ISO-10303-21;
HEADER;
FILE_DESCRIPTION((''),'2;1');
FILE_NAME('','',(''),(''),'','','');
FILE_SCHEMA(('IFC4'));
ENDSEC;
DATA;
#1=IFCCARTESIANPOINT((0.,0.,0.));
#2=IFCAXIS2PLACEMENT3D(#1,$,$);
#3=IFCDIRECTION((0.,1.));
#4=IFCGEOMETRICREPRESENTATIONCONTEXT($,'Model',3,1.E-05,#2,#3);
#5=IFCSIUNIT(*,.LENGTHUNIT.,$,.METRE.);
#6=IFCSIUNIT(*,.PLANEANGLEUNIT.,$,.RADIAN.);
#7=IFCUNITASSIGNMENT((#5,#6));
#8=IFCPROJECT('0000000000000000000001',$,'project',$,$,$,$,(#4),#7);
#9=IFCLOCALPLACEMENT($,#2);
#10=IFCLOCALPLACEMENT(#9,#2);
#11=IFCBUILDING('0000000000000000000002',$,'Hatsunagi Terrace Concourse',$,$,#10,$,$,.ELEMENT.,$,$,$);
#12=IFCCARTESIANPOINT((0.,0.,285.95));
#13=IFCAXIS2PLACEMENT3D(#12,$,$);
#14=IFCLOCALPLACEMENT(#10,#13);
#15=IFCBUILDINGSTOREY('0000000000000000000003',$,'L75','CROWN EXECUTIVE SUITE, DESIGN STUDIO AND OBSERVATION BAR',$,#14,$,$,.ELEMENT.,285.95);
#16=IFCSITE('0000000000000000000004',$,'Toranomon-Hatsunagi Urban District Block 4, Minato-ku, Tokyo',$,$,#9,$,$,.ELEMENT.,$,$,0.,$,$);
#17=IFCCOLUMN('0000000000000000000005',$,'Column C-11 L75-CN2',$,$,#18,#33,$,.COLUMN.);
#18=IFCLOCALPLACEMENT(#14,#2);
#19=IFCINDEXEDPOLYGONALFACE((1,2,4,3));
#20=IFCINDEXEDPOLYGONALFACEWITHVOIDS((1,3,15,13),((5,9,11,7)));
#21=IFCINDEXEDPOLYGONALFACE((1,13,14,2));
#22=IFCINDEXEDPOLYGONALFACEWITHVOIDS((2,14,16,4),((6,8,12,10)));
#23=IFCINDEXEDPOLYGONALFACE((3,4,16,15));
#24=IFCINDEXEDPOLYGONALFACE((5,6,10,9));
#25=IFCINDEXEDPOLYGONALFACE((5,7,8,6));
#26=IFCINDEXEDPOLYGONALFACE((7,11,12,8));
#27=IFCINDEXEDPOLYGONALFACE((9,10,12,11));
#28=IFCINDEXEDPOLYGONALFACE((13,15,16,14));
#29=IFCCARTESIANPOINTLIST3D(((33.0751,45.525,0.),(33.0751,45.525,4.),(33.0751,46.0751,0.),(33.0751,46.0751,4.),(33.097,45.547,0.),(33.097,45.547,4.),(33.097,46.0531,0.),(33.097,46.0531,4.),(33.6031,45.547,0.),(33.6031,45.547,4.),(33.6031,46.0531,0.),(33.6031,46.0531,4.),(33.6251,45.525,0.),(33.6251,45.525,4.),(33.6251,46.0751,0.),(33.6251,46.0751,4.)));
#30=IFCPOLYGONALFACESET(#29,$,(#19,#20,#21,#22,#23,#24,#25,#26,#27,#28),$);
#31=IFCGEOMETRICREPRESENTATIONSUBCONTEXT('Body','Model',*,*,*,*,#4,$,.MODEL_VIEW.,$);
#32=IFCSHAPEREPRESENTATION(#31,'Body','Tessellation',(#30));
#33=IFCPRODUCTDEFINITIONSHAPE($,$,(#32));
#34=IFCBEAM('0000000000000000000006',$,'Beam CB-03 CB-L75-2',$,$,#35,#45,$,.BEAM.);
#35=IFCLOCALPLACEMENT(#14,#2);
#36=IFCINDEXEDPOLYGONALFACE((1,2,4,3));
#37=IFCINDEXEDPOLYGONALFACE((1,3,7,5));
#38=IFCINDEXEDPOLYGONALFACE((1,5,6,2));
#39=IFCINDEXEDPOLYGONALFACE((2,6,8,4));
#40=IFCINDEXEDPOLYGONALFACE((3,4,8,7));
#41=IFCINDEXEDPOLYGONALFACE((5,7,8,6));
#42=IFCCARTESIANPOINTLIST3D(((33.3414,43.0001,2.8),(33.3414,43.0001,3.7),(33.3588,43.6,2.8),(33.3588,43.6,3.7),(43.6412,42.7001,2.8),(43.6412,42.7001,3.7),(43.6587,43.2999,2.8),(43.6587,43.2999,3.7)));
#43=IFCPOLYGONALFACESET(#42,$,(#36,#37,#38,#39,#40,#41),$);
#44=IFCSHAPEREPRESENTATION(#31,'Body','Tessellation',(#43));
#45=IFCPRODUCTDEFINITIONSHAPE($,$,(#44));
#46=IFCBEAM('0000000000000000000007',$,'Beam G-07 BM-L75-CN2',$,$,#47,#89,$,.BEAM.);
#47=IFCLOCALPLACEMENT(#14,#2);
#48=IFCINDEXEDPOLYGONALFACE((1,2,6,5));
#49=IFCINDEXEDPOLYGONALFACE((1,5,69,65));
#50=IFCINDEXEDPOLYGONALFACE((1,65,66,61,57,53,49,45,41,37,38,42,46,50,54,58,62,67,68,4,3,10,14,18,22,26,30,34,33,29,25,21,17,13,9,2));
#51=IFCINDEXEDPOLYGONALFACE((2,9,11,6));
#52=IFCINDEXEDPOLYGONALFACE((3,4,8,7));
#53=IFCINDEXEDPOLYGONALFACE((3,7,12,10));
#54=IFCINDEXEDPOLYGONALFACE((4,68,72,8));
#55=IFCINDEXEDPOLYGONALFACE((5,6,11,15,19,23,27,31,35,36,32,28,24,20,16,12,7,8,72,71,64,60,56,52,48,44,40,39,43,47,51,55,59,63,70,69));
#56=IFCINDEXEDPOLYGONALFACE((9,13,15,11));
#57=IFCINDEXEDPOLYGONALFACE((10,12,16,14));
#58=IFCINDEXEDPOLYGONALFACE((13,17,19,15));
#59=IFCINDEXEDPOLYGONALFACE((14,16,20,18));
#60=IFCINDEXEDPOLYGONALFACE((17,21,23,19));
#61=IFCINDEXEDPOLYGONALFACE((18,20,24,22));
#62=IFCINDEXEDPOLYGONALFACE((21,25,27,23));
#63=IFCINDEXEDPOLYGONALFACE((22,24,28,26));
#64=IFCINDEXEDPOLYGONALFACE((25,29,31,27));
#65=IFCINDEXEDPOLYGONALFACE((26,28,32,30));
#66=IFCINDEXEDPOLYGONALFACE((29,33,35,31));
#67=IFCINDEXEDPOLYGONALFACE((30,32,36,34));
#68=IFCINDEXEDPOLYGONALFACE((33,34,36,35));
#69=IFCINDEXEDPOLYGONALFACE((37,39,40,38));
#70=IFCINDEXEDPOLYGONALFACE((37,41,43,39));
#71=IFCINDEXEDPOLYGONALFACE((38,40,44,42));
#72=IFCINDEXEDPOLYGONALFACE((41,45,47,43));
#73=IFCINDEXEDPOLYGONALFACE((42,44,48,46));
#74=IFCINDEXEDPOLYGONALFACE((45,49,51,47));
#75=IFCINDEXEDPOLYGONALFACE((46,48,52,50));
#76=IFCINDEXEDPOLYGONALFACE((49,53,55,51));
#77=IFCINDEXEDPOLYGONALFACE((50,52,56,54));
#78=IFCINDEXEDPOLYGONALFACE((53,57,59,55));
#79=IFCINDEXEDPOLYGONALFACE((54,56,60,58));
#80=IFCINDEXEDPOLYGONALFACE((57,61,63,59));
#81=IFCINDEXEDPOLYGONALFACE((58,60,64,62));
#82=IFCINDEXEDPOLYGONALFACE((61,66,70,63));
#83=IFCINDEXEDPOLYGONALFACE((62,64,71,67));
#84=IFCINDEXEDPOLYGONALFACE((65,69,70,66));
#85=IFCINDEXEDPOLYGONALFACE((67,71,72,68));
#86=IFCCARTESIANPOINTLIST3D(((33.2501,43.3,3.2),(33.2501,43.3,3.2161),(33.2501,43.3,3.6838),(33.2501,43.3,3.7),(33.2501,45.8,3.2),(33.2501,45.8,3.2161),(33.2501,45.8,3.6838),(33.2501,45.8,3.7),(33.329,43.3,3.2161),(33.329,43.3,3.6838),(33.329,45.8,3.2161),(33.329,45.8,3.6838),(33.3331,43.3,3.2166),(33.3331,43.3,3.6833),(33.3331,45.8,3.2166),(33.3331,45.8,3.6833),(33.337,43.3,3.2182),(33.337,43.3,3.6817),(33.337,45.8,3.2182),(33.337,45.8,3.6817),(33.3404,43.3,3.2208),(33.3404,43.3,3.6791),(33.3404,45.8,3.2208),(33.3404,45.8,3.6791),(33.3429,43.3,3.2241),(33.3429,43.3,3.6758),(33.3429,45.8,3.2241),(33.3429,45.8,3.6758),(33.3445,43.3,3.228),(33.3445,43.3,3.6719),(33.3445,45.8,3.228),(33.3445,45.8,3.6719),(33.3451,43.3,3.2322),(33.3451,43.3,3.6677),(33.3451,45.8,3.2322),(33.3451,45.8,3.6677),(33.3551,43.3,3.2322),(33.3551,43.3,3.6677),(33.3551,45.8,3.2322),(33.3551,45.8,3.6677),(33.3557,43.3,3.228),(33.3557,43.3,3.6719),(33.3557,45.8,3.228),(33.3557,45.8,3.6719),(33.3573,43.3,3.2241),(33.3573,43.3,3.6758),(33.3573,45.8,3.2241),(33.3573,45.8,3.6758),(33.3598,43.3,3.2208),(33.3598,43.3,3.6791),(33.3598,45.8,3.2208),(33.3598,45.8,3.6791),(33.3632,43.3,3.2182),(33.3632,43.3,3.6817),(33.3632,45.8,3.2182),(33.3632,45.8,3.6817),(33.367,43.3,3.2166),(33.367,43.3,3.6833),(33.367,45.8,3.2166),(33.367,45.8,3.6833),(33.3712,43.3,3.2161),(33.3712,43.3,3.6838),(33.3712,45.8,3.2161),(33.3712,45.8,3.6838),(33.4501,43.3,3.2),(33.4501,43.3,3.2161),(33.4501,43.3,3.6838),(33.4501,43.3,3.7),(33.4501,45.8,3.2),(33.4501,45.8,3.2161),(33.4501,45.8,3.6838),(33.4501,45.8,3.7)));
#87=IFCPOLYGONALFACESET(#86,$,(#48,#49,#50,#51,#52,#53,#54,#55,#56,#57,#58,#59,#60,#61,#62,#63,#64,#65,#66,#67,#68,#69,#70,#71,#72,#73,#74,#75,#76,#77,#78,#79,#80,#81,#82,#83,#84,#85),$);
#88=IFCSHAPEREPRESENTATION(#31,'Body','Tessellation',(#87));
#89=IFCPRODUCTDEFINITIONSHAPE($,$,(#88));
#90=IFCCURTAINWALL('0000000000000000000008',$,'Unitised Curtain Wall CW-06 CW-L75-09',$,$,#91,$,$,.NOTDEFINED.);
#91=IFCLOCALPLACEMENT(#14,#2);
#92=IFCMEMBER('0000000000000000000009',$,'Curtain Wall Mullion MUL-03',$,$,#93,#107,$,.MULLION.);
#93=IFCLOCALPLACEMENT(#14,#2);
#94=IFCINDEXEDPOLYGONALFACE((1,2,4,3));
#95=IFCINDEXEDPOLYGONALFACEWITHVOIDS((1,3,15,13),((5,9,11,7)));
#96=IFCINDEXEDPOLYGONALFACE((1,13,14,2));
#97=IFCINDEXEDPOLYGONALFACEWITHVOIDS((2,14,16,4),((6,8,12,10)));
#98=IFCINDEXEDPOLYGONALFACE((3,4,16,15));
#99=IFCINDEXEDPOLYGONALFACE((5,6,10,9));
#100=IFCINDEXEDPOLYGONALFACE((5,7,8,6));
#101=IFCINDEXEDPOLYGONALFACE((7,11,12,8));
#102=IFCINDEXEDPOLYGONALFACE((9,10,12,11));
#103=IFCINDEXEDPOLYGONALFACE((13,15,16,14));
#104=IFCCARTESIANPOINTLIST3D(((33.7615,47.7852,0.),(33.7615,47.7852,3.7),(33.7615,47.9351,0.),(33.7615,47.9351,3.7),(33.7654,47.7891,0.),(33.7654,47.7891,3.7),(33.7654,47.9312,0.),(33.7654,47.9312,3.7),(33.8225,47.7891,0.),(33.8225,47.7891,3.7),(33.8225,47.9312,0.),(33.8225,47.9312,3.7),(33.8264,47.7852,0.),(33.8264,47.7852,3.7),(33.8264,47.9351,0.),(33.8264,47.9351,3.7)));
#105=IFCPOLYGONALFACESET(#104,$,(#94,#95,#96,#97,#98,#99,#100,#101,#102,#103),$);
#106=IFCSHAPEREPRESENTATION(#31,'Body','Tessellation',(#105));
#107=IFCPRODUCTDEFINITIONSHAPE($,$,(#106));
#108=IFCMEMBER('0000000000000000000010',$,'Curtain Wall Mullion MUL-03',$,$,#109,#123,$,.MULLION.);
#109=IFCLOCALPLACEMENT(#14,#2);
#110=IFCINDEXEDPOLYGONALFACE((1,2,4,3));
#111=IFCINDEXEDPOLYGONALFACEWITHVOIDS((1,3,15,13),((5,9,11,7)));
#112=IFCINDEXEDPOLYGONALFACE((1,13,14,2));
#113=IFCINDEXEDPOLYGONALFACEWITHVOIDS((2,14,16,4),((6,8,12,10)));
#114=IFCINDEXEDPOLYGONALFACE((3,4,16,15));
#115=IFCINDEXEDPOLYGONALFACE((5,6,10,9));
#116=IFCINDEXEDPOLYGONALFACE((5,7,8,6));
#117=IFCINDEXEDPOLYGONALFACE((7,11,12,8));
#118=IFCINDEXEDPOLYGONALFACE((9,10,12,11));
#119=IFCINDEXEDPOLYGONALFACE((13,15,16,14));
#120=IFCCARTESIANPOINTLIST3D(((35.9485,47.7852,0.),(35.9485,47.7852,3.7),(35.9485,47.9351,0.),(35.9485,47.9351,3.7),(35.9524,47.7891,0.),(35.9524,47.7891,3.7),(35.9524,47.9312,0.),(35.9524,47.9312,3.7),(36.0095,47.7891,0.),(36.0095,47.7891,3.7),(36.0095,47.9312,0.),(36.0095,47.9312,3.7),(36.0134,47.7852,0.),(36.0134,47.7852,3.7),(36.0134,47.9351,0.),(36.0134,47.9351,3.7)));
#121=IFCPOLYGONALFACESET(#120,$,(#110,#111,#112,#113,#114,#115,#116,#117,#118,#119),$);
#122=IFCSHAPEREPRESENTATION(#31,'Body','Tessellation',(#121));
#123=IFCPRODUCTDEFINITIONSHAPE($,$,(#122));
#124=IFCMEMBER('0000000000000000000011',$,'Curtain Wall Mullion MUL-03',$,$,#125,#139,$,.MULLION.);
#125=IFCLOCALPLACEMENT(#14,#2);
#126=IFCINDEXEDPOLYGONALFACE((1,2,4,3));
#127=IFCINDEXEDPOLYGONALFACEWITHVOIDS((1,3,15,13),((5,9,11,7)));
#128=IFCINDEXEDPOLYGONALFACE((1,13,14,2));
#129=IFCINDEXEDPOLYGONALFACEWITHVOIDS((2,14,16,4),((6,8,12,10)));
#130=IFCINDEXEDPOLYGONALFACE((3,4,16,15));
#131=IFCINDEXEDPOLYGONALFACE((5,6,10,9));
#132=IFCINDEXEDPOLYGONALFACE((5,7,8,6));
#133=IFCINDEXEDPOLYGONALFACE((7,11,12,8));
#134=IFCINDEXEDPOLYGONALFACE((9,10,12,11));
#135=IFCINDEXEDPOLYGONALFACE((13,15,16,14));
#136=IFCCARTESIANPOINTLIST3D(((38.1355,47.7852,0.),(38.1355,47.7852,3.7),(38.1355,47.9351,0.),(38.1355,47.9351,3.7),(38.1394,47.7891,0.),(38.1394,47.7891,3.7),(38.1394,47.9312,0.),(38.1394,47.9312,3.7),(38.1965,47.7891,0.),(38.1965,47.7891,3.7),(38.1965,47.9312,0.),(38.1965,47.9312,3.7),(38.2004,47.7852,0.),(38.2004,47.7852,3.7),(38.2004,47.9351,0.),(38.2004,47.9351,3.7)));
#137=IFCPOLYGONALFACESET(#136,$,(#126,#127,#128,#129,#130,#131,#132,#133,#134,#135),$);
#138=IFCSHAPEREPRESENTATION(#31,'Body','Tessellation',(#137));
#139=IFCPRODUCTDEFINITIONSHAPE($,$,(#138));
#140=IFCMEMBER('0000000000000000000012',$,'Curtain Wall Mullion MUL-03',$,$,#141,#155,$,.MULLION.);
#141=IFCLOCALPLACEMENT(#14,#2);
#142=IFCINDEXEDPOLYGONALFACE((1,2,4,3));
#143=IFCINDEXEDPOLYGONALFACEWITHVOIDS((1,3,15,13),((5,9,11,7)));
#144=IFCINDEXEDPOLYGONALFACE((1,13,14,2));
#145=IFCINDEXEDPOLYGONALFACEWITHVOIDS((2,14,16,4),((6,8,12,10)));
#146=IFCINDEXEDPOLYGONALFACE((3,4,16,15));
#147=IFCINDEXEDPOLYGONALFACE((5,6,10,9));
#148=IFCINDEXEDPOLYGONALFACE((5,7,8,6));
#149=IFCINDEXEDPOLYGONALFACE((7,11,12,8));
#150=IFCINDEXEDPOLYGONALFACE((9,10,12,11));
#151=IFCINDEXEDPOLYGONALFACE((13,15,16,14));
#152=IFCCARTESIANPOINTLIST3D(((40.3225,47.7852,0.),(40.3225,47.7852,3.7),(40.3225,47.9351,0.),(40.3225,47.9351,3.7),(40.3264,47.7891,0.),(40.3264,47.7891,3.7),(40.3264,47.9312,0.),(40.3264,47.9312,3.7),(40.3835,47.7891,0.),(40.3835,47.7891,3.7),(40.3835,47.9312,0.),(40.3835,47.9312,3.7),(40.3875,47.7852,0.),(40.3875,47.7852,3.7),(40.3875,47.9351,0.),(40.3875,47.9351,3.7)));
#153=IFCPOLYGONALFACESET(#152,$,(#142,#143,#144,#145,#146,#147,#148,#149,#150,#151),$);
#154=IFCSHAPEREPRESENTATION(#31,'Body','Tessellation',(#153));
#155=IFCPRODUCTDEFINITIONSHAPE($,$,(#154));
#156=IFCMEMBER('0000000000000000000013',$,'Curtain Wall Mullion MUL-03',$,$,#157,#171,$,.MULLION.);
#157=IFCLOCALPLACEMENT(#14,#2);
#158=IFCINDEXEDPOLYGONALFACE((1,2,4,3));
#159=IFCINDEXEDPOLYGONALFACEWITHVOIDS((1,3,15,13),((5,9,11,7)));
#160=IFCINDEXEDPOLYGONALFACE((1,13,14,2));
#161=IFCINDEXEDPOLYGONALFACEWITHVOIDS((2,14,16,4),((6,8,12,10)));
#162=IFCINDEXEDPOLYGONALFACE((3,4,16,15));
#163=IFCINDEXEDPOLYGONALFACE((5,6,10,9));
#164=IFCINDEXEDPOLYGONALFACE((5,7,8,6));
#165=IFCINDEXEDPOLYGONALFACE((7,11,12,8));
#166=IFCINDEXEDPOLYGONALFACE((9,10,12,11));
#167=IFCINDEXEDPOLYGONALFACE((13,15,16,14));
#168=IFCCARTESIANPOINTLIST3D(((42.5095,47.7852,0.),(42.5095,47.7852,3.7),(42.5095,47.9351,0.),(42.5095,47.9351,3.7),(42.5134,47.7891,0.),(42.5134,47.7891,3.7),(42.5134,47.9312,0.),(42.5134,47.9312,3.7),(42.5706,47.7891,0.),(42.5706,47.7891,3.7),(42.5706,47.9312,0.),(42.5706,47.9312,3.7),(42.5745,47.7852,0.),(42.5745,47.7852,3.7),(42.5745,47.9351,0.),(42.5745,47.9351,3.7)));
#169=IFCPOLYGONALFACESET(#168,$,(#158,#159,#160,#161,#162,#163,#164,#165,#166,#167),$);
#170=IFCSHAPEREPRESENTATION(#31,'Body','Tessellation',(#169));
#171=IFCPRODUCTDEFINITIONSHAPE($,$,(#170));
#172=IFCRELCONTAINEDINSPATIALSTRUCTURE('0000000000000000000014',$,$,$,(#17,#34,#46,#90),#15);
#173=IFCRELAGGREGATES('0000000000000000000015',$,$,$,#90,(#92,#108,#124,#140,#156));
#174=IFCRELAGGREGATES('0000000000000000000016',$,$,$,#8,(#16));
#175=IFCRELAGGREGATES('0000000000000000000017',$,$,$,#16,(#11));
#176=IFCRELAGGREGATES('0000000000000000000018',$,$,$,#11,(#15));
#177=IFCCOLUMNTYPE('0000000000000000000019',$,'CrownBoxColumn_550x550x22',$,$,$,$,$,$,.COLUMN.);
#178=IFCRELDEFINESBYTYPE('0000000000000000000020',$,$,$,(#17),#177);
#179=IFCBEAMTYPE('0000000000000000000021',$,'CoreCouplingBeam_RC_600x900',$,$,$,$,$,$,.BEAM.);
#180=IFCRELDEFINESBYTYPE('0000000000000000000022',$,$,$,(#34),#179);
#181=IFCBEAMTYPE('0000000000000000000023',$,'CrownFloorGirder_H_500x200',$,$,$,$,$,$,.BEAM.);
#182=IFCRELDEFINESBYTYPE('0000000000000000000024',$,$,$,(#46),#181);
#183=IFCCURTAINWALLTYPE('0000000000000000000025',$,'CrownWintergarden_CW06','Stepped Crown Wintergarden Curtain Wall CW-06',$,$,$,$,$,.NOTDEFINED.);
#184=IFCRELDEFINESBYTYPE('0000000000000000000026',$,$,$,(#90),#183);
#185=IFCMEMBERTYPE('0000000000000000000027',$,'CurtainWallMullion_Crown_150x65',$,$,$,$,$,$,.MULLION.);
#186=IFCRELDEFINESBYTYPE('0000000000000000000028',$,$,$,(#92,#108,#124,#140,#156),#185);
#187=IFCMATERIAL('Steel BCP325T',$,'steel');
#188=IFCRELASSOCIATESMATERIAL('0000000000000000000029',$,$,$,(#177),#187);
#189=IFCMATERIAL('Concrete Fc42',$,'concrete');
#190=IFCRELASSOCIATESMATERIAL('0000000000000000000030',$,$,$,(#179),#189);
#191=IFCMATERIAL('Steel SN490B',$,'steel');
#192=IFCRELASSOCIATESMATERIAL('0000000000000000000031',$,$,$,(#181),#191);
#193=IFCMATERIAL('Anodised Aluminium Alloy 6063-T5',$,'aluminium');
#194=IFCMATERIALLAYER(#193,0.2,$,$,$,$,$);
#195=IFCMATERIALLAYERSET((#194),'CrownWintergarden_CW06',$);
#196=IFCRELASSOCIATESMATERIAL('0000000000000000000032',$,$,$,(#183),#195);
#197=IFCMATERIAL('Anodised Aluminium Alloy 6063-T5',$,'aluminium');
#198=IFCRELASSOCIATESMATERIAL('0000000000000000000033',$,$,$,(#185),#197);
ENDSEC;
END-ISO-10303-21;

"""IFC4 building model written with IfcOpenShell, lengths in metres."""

from ifc_helpers import new_model, si_unit, direction, frame, origin, origin_2d, place, context, subcontext, project, spatial, rectangle, hollow_rectangle, i_section, extrude, material, layer, layer_set, material_profile, profile_set, type_object, element, aggregate, save


model = new_model("IFC4")

# Units and contexts
model_context = context("Model", 3, precision=1e-05, world=origin(), true_north=direction((0.0, 1.0)))
body_context = subcontext(model_context, "Body", "Model", "MODEL_VIEW")
ifc_project = project(units=[si_unit("LENGTHUNIT", "METRE"), si_unit("PLANEANGLEUNIT", "RADIAN")], contexts=[model_context])

# Site, building, storey
site_placement = place(None, origin())
site = spatial("IfcSite", under=ifc_project, at=site_placement, Name="Toranomon-Hatsunagi Urban District Block 4, Minato-ku, Tokyo", CompositionType="ELEMENT", RefElevation=0.0)
building_placement = place(site_placement, origin())
building = spatial("IfcBuilding", under=site, at=building_placement, Name="Hatsunagi Terrace Concourse", CompositionType="ELEMENT")
storey_placement = place(building_placement, frame((0.0, 0.0, 285.95)))
storey = spatial("IfcBuildingStorey", under=building, at=storey_placement, Name="L75", Description="CROWN EXECUTIVE SUITE, DESIGN STUDIO AND OBSERVATION BAR", CompositionType="ELEMENT", Elevation=285.95)

# Column
ifc_material_1 = material(Name="Steel BCP325T", Category="steel")
ifc_material_profile_1 = material_profile(ifc_material_1, hollow_rectangle(XDim=0.55, YDim=0.55, WallThickness=0.022, at=origin_2d()), Name="BCP-550x550x22")
ifc_profile_set_1 = profile_set([ifc_material_profile_1], Name="Steel BCP325T")
column_type = type_object("IfcColumnType", Name="CrownBoxColumn_550x550x22", PredefinedType="COLUMN", material=ifc_profile_set_1)
column_placement = place(storey_placement, frame((33.3501, 45.8, 0.0), z_axis=(0.0, 0.0, 1.0), x_axis=(1.0, 0.0, 0.0)))
element("IfcColumn", 1, at=column_placement, inside=storey, type_object=column_type, Name="Column C-11 L75-CN2", PredefinedType="COLUMN", context=body_context, shape_type="SweptSolid", body=[
    extrude(hollow_rectangle(XDim=0.55, YDim=0.55, WallThickness=0.022, at=origin_2d()), origin(), (0.0, 0.0, 1.0), 4.0),
])

# Beams
ifc_material_2 = material(Name="Concrete Fc42", Category="concrete")
ifc_material_profile_2 = material_profile(ifc_material_2, rectangle(XDim=0.6001, YDim=0.8999, at=origin_2d()), Name="RC-600x900")
ifc_profile_set_2 = profile_set([ifc_material_profile_2], Name="Concrete Fc42")
beam_type_1 = type_object("IfcBeamType", Name="CoreCouplingBeam_RC_600x900", PredefinedType="BEAM", material=ifc_profile_set_2)
beam_1_placement = place(storey_placement, frame((33.3501, 43.3, 3.25), z_axis=(0.999576, -0.029119, 0.0), x_axis=(0.029119, 0.999576, 0.0)))
element("IfcBeam", 2, at=beam_1_placement, inside=storey, type_object=beam_type_1, Name="Beam CB-03 CB-L75-2", PredefinedType="BEAM", context=body_context, shape_type="SweptSolid", body=[
    extrude(rectangle(XDim=0.6001, YDim=0.8999, at=origin_2d()), origin(), (0.0, 0.0, 1.0), 10.3042),
])
ifc_material_3 = material(Name="Steel SN490B", Category="steel")
ifc_material_profile_3 = material_profile(ifc_material_3, i_section(OverallWidth=0.2, OverallDepth=0.5, WebThickness=0.01, FlangeThickness=0.0161, FilletRadius=0.0161, at=origin_2d()), Name="H-500x200x10x16")
ifc_profile_set_3 = profile_set([ifc_material_profile_3], Name="Steel SN490B")
beam_type_2 = type_object("IfcBeamType", Name="CrownFloorGirder_H_500x200", PredefinedType="BEAM", material=ifc_profile_set_3)
beam_2_placement = place(storey_placement, frame((33.3501, 43.3, 3.45), z_axis=(0.0, 1.0, 0.0), x_axis=(-1.0, 0.0, 0.0)))
element("IfcBeam", 3, at=beam_2_placement, inside=storey, type_object=beam_type_2, Name="Beam G-07 BM-L75-CN2", PredefinedType="BEAM", context=body_context, shape_type="SweptSolid", body=[
    extrude(i_section(OverallWidth=0.2, OverallDepth=0.5, WebThickness=0.01, FlangeThickness=0.0161, FilletRadius=0.0161, at=origin_2d()), origin(), (0.0, 0.0, 1.0), 2.5),
])

# Curtain wall, members
ifc_material_4 = material(Name="Anodised Aluminium Alloy 6063-T5", Category="aluminium")
ifc_layer_1 = layer(ifc_material_4, 0.2)
ifc_layer_set_1 = layer_set([ifc_layer_1], Name="CrownWintergarden_CW06")
curtain_wall_type = type_object("IfcCurtainWallType", Name="CrownWintergarden_CW06", Description="Stepped Crown Wintergarden Curtain Wall CW-06", PredefinedType="NOTDEFINED", material=ifc_layer_set_1)
curtain_wall_placement = place(storey_placement, origin())
curtain_wall = element("IfcCurtainWall", 4, at=curtain_wall_placement, inside=storey, type_object=curtain_wall_type, Name="Unitised Curtain Wall CW-06 CW-L75-09", PredefinedType="NOTDEFINED")
ifc_material_5 = material(Name="Anodised Aluminium Alloy 6063-T5", Category="aluminium")
ifc_material_profile_4 = material_profile(ifc_material_5, hollow_rectangle(XDim=0.0649, YDim=0.1499, WallThickness=0.0039, at=origin_2d()), Name="ALU-MUL-150x65x4")
ifc_profile_set_4 = profile_set([ifc_material_profile_4], Name="Anodised Aluminium Alloy 6063-T5")
member_type = type_object("IfcMemberType", Name="CurtainWallMullion_Crown_150x65", PredefinedType="MULLION", material=ifc_profile_set_4)
member_1_placement = place(storey_placement, frame((33.7939, 47.8601, 0.0), z_axis=(0.0, 0.0, 1.0), x_axis=(1.0, 0.0, 0.0)))
member_1 = element("IfcMember", 5, at=member_1_placement, type_object=member_type, Name="Curtain Wall Mullion MUL-03", PredefinedType="MULLION", context=body_context, shape_type="SweptSolid", body=[
    extrude(hollow_rectangle(XDim=0.0649, YDim=0.1499, WallThickness=0.0039, at=origin_2d()), origin(), (0.0, 0.0, 1.0), 3.7),
])
member_2_placement = place(storey_placement, frame((35.981, 47.8601, 0.0), z_axis=(0.0, 0.0, 1.0), x_axis=(1.0, 0.0, 0.0)))
member_2 = element("IfcMember", 6, at=member_2_placement, type_object=member_type, Name="Curtain Wall Mullion MUL-03", PredefinedType="MULLION", context=body_context, shape_type="SweptSolid", body=[
    extrude(hollow_rectangle(XDim=0.0649, YDim=0.1499, WallThickness=0.0039, at=origin_2d()), origin(), (0.0, 0.0, 1.0), 3.7),
])
member_3_placement = place(storey_placement, frame((38.168, 47.8601, 0.0), z_axis=(0.0, 0.0, 1.0), x_axis=(1.0, 0.0, 0.0)))
member_3 = element("IfcMember", 7, at=member_3_placement, type_object=member_type, Name="Curtain Wall Mullion MUL-03", PredefinedType="MULLION", context=body_context, shape_type="SweptSolid", body=[
    extrude(hollow_rectangle(XDim=0.0649, YDim=0.1499, WallThickness=0.0039, at=origin_2d()), origin(), (0.0, 0.0, 1.0), 3.7),
])
member_4_placement = place(storey_placement, frame((40.355, 47.8601, 0.0), z_axis=(0.0, 0.0, 1.0), x_axis=(1.0, 0.0, 0.0)))
member_4 = element("IfcMember", 8, at=member_4_placement, type_object=member_type, Name="Curtain Wall Mullion MUL-03", PredefinedType="MULLION", context=body_context, shape_type="SweptSolid", body=[
    extrude(hollow_rectangle(XDim=0.0649, YDim=0.1499, WallThickness=0.0039, at=origin_2d()), origin(), (0.0, 0.0, 1.0), 3.7),
])
member_5_placement = place(storey_placement, frame((42.542, 47.8601, 0.0), z_axis=(0.0, 0.0, 1.0), x_axis=(1.0, 0.0, 0.0)))
member_5 = element("IfcMember", 9, at=member_5_placement, type_object=member_type, Name="Curtain Wall Mullion MUL-03", PredefinedType="MULLION", context=body_context, shape_type="SweptSolid", body=[
    extrude(hollow_rectangle(XDim=0.0649, YDim=0.1499, WallThickness=0.0039, at=origin_2d()), origin(), (0.0, 0.0, 1.0), 3.7),
])

aggregate(curtain_wall, [member_1, member_2, member_3, member_4, member_5])

save(model, "model.ifc")
